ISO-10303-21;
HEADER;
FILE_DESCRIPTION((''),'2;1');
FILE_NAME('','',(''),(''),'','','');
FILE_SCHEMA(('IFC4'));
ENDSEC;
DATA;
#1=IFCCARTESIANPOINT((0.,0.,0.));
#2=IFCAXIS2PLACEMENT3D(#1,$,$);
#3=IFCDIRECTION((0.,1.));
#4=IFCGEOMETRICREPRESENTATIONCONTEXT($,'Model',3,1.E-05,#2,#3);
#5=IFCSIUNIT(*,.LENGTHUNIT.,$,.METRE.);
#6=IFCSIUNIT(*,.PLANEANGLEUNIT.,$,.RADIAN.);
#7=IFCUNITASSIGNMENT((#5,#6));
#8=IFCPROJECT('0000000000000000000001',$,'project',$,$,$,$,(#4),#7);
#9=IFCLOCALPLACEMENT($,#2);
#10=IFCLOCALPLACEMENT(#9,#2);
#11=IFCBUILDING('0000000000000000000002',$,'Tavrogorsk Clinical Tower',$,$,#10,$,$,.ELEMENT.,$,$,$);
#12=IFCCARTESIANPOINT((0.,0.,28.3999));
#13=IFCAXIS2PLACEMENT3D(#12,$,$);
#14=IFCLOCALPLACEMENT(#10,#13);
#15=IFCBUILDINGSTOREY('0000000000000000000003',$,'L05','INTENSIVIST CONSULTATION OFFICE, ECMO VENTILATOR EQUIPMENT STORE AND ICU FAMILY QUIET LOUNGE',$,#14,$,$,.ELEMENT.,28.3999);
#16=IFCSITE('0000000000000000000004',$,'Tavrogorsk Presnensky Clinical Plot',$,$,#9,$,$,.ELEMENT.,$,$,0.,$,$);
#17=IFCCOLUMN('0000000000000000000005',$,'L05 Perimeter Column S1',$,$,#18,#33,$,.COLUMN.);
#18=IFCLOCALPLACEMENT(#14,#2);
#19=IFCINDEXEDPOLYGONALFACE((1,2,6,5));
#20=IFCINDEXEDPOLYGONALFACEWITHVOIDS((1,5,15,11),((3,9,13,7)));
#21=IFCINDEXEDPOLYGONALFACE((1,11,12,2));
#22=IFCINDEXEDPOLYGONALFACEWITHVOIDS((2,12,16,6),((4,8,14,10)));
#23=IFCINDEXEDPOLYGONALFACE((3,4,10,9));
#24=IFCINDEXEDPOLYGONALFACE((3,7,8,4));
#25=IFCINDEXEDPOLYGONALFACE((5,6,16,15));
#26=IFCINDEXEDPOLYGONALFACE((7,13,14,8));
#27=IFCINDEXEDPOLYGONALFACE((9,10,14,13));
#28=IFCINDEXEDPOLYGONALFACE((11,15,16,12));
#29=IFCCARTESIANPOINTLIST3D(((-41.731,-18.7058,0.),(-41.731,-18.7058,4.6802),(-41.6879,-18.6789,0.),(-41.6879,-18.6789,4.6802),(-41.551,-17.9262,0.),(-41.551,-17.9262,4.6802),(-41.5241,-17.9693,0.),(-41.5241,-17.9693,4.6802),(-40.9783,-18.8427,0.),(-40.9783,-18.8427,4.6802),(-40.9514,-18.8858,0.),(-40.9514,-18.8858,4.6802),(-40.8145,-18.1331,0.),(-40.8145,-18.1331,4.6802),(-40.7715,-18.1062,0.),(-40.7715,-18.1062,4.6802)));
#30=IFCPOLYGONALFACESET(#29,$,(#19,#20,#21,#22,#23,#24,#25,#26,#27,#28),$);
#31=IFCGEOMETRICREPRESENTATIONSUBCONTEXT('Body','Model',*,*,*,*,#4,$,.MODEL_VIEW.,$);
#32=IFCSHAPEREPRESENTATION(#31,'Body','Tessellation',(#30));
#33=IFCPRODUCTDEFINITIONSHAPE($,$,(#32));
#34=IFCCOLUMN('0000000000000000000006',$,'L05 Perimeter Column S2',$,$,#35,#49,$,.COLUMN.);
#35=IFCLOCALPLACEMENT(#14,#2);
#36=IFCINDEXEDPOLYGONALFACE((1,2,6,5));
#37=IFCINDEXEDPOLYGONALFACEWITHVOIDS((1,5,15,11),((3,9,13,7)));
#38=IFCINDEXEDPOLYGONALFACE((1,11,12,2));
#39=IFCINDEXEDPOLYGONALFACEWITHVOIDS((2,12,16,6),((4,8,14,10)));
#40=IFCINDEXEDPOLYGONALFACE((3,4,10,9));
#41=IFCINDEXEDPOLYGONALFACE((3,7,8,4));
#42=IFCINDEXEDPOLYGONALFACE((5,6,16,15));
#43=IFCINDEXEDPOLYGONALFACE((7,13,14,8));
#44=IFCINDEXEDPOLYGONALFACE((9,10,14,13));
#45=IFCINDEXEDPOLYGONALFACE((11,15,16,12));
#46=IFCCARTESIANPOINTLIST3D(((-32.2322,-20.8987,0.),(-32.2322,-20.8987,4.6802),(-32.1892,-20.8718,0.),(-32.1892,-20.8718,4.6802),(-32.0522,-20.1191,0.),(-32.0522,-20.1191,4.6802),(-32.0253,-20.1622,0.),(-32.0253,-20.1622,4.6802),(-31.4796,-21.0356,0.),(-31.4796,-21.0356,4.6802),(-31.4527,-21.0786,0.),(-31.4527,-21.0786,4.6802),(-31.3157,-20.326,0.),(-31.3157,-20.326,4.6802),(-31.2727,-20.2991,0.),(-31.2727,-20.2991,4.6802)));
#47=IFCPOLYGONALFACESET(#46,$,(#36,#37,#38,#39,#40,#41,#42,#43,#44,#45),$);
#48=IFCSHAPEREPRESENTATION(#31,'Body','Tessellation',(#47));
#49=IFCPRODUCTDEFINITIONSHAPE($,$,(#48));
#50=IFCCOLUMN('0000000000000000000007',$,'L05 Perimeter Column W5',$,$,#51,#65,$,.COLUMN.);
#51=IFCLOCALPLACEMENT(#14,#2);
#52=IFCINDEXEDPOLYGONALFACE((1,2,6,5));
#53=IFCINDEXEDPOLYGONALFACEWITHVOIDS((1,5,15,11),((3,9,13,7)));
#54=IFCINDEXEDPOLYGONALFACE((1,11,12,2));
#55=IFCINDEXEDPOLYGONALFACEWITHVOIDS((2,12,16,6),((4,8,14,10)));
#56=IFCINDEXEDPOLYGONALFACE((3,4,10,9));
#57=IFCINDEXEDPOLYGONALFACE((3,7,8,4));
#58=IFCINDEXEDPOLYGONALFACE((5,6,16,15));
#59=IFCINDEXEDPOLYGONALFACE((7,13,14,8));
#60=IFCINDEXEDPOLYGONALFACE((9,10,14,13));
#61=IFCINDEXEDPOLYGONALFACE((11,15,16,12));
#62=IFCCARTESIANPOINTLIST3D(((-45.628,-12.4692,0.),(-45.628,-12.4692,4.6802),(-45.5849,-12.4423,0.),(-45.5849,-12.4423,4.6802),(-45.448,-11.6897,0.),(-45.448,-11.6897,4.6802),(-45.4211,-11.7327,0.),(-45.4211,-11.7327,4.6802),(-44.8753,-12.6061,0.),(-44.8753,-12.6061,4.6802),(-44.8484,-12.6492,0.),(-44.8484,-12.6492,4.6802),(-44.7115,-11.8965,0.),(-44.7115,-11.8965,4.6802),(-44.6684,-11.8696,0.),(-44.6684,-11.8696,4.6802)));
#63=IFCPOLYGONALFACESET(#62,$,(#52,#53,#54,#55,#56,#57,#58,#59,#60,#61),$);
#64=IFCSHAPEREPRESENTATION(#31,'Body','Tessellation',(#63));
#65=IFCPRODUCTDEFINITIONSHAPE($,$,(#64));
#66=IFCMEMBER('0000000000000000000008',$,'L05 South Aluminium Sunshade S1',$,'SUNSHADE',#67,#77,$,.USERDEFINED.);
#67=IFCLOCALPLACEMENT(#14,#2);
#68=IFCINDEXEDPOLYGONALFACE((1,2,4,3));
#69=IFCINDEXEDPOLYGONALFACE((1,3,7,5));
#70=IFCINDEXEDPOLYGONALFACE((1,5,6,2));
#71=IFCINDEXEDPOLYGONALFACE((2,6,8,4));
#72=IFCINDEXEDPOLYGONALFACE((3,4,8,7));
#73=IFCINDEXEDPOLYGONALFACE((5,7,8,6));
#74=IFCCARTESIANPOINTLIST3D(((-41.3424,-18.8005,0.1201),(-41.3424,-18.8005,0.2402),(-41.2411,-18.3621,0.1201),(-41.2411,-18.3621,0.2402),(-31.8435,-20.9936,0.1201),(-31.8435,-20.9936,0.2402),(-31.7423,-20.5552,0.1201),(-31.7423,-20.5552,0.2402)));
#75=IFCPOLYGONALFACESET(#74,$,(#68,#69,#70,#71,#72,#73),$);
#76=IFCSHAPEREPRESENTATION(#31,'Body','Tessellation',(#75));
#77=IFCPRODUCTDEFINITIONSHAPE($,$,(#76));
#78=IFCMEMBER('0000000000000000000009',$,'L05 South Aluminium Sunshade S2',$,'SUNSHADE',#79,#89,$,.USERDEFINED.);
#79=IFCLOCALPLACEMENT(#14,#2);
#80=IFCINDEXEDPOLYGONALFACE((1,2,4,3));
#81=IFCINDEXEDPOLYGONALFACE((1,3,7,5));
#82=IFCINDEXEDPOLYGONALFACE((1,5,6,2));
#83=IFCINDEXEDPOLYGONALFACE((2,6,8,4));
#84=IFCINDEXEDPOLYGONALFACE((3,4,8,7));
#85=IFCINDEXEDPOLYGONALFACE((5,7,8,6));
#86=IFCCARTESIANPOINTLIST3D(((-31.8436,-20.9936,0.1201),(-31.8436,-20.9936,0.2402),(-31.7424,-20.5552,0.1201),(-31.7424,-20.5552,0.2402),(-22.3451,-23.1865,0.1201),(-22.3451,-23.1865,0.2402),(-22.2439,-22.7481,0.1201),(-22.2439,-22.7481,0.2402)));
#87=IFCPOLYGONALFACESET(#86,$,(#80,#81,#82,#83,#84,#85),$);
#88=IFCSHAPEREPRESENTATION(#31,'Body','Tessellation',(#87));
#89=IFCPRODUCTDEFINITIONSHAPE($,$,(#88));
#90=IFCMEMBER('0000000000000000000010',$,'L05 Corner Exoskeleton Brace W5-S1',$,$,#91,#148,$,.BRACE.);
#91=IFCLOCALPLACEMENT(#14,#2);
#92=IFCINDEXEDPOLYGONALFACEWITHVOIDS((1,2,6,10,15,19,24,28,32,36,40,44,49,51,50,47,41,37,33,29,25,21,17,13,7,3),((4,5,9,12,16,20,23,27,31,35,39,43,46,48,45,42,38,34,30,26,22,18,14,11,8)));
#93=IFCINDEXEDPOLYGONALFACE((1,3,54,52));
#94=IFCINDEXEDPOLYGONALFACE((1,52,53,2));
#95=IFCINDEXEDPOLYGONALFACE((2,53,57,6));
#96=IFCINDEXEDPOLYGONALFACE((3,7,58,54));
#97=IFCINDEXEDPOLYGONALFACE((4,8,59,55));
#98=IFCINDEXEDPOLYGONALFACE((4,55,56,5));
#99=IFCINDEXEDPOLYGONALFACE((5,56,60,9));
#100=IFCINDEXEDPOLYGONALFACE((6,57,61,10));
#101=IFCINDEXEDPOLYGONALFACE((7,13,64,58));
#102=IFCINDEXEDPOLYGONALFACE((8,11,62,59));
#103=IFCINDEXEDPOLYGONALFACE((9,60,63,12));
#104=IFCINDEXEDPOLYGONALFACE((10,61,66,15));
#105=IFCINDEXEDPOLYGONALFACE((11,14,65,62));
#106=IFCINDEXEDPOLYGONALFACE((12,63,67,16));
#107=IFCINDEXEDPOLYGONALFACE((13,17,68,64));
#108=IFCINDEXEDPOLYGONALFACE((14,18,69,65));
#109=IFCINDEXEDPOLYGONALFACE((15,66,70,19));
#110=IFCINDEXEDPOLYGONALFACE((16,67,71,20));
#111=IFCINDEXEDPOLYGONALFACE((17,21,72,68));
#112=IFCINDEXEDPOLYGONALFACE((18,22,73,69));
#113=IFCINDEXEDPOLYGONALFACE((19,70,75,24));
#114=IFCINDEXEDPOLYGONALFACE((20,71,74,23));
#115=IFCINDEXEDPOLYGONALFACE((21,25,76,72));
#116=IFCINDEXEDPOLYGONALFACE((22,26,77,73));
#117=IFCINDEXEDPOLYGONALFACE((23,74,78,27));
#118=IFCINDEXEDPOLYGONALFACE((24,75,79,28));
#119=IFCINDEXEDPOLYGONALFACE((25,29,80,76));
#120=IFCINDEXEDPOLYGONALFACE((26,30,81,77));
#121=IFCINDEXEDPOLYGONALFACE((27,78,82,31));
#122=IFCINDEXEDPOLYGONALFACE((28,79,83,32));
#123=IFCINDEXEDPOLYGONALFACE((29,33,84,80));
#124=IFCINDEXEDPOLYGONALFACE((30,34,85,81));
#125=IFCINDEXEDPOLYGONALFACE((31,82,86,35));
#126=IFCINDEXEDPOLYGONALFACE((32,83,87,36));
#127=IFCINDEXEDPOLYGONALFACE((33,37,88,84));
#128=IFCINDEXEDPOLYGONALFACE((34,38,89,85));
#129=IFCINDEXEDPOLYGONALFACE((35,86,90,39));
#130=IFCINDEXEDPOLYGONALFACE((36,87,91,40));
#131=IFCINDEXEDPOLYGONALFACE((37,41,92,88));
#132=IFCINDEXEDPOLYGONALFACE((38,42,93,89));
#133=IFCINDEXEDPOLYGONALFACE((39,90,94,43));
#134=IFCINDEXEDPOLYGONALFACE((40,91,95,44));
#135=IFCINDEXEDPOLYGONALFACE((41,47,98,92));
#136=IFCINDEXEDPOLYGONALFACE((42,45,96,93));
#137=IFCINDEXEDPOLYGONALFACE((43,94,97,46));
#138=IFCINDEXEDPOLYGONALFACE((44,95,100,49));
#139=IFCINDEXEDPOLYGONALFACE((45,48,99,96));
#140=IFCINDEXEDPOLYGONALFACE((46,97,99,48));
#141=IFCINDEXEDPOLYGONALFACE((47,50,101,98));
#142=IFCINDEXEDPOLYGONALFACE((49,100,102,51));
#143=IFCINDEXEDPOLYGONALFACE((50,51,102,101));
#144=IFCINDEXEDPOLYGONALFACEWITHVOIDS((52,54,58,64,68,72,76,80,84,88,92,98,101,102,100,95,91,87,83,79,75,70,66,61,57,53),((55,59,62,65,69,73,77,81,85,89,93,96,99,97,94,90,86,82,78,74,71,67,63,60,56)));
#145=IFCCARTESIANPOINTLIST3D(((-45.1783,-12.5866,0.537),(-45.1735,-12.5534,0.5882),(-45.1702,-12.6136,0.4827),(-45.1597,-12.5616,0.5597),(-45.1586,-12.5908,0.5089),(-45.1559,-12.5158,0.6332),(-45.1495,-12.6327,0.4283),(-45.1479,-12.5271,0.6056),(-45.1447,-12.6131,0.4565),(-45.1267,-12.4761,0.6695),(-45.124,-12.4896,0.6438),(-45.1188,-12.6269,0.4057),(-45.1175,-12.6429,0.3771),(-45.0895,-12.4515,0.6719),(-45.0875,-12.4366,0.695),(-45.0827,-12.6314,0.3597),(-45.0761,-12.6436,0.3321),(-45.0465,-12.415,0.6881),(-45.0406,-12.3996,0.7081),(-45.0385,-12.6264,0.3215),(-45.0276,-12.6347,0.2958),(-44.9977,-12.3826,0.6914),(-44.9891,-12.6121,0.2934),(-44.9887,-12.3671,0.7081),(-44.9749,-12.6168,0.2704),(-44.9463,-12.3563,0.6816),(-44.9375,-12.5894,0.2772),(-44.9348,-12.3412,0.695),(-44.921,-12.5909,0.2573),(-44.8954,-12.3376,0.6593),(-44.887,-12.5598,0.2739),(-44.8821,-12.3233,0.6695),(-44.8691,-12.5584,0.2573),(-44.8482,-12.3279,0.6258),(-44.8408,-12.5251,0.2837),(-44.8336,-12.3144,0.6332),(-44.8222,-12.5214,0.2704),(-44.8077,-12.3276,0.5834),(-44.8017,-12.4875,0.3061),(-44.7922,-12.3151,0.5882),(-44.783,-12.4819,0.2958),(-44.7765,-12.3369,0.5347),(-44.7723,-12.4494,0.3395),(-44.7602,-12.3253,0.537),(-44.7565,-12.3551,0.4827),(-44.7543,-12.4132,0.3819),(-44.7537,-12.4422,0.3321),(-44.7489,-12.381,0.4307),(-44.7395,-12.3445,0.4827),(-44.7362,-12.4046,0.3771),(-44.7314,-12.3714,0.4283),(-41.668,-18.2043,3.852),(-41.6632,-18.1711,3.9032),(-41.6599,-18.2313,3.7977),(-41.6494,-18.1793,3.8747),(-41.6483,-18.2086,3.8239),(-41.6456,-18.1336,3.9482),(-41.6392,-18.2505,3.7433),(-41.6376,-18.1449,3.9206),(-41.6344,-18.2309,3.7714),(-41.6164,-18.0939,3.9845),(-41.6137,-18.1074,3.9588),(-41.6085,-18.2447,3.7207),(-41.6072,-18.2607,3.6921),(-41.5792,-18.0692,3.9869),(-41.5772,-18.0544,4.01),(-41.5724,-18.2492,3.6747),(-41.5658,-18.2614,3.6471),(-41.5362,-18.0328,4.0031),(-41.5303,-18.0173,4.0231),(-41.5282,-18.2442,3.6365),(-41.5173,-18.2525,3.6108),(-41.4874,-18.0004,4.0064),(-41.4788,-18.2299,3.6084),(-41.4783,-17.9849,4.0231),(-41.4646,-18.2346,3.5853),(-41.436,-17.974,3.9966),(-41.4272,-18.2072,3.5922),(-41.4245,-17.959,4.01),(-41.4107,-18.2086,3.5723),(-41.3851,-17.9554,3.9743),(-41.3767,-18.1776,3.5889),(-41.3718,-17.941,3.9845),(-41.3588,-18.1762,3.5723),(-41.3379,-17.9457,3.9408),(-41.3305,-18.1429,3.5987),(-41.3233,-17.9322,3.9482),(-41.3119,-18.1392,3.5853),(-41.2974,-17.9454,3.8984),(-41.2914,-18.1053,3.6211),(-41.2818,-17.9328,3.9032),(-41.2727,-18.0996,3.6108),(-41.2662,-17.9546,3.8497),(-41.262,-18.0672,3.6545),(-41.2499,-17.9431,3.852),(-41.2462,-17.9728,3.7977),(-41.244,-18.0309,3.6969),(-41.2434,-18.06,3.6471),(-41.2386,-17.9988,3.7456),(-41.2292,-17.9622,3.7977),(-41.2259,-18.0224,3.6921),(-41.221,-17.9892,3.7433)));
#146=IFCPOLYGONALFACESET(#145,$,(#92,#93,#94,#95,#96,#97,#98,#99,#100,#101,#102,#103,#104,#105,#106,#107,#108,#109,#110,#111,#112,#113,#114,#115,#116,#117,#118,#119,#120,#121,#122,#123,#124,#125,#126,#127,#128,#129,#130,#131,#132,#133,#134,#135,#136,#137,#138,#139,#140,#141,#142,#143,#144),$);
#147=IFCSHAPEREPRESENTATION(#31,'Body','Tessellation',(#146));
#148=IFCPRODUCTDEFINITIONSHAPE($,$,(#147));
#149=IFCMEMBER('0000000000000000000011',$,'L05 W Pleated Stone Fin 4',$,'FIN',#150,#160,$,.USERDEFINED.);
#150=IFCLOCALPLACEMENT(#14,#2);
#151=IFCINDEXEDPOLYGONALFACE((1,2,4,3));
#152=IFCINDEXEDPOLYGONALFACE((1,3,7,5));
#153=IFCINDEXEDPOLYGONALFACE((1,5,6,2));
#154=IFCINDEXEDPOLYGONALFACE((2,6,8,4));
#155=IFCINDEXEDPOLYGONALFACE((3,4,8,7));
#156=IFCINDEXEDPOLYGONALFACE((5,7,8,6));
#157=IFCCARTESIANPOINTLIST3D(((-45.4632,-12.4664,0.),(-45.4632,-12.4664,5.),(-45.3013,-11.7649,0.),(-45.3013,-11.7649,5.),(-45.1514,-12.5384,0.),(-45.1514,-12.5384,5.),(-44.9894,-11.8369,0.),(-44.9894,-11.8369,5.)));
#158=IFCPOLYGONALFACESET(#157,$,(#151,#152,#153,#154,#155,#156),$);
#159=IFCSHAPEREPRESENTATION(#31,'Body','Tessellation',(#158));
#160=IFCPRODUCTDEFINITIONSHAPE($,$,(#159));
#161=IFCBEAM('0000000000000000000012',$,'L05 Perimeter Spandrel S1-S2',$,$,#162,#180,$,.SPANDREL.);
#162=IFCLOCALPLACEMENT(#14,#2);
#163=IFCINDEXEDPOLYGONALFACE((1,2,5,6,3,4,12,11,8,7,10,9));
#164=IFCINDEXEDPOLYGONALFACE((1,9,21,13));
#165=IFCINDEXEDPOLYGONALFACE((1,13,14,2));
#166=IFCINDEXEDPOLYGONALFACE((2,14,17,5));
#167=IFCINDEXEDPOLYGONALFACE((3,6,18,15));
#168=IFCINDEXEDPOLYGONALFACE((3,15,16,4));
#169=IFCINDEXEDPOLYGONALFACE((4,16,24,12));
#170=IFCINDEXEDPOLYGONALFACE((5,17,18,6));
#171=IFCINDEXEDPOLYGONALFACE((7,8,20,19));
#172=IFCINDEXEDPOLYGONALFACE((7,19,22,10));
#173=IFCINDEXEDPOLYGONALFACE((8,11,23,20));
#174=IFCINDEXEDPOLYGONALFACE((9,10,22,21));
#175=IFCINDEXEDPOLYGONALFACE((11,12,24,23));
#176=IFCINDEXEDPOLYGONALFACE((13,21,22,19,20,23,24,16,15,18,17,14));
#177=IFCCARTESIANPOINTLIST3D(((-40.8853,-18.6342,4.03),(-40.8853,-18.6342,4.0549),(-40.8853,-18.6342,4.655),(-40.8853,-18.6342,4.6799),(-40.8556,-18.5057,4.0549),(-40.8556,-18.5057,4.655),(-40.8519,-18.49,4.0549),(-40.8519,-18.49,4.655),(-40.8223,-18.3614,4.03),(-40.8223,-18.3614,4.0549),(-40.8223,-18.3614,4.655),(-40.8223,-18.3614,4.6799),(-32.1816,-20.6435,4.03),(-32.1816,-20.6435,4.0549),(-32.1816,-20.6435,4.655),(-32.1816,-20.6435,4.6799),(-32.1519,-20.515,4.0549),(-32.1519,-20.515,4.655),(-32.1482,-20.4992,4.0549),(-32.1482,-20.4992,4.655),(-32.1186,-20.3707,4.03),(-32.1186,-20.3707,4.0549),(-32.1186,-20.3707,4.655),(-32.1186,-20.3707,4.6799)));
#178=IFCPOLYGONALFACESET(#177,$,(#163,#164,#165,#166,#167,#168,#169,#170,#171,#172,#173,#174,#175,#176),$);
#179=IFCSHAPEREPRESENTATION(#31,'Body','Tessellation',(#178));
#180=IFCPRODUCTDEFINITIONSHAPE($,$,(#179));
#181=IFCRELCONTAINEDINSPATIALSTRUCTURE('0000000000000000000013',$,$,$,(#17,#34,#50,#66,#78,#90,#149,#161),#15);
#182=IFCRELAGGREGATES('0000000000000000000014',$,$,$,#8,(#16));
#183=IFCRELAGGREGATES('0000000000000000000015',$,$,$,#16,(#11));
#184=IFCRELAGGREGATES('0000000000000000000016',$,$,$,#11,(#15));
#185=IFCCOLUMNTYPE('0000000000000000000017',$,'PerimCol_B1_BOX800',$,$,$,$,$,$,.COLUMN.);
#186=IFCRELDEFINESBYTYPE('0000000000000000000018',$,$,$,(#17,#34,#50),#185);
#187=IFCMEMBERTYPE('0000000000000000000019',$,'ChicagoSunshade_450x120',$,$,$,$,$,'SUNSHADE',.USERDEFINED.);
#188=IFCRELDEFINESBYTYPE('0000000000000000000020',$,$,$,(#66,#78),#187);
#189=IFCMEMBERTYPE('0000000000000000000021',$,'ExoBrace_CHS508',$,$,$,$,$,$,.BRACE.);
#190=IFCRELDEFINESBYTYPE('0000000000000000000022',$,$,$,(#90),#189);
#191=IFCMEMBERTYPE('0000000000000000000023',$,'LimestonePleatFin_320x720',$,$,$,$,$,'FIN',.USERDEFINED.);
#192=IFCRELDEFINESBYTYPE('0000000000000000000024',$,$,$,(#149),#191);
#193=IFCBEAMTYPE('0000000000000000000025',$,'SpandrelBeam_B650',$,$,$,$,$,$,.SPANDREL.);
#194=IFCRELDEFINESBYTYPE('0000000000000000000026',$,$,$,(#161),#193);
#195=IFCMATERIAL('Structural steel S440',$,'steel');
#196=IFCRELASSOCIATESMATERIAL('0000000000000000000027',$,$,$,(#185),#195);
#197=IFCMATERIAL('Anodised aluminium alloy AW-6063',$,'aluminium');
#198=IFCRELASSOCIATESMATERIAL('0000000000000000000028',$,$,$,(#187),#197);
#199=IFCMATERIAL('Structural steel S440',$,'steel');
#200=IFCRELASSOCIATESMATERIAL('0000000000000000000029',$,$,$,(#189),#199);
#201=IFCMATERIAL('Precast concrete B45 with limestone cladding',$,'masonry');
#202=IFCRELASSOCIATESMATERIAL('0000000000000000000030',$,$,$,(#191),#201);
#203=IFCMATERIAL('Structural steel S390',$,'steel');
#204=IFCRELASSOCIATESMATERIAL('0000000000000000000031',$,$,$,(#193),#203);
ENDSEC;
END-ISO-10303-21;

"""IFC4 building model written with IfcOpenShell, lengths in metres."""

from ifc_helpers import new_model, si_unit, direction, frame, origin, origin_2d, place, context, subcontext, project, spatial, rectangle, hollow_rectangle, hollow_circle, i_section, extrude, material, material_profile, profile_set, type_object, element, save


model = new_model("IFC4")

# Units and contexts
model_context = context("Model", 3, precision=1e-05, world=origin(), true_north=direction((0.0, 1.0)))
body_context = subcontext(model_context, "Body", "Model", "MODEL_VIEW")
ifc_project = project(units=[si_unit("LENGTHUNIT", "METRE"), si_unit("PLANEANGLEUNIT", "RADIAN")], contexts=[model_context])

# Site, building, storey
site_placement = place(None, origin())
site = spatial("IfcSite", under=ifc_project, at=site_placement, Name="Tavrogorsk Presnensky Clinical Plot", CompositionType="ELEMENT", RefElevation=0.0)
building_placement = place(site_placement, origin())
building = spatial("IfcBuilding", under=site, at=building_placement, Name="Tavrogorsk Clinical Tower", CompositionType="ELEMENT")
storey_placement = place(building_placement, frame((0.0, 0.0, 28.3999)))
storey = spatial("IfcBuildingStorey", under=building, at=storey_placement, Name="L05", Description="INTENSIVIST CONSULTATION OFFICE, ECMO VENTILATOR EQUIPMENT STORE AND ICU FAMILY QUIET LOUNGE", CompositionType="ELEMENT", Elevation=28.3999)

# Columns
ifc_material_1 = material(Name="Structural steel S440", Category="steel")
ifc_material_profile_1 = material_profile(ifc_material_1, hollow_rectangle(XDim=0.8, YDim=0.8, WallThickness=0.0359, at=origin_2d()), Name="BOX-800x800x36")
ifc_profile_set_1 = profile_set([ifc_material_profile_1], Name="Structural steel S440")
column_type = type_object("IfcColumnType", Name="PerimCol_B1_BOX800", PredefinedType="COLUMN", material=ifc_profile_set_1)
for number, where, z_axis, x_axis, name in (
    (1, (-41.2512, -18.406, 0.0), (0.0, 0.0, 1.0), (0.97437, -0.224951, 0.0), "L05 Perimeter Column S1"),
    (2, (-31.7524, -20.5989, 0.0), (0.0, 0.0, 1.0), (0.97437, -0.224951, 0.0), "L05 Perimeter Column S2"),
    (3, (-45.1482, -12.1694, 0.0), (0.0, 0.0, 1.0), (0.97437, -0.224951, 0.0), "L05 Perimeter Column W5"),
):
    element("IfcColumn", number, at=place(storey_placement, frame(where, z_axis=z_axis, x_axis=x_axis)), inside=storey, type_object=column_type, Name=name, PredefinedType="COLUMN", context=body_context, shape_type="SweptSolid", body=[
        extrude(hollow_rectangle(XDim=0.8, YDim=0.8, WallThickness=0.0359, at=origin_2d()), origin(), (0.0, 0.0, 1.0), 4.6802),
    ])

# Members
ifc_material_2 = material(Name="Anodised aluminium alloy AW-6063", Category="aluminium")
ifc_material_profile_2 = material_profile(ifc_material_2, rectangle(XDim=0.45, YDim=0.1201, at=origin_2d()), Name="ALU-SUNSHADE-450x120")
ifc_profile_set_2 = profile_set([ifc_material_profile_2], Name="Anodised aluminium alloy AW-6063")
member_type_1 = type_object("IfcMemberType", Name="ChicagoSunshade_450x120", ElementType="SUNSHADE", PredefinedType="USERDEFINED", material=ifc_profile_set_2)
member_1_placement = place(storey_placement, frame((-41.2917, -18.5813, 0.1802), z_axis=(0.974367, -0.224966, 0.0), x_axis=(0.224966, 0.974367, 0.0)))
element("IfcMember", 4, at=member_1_placement, inside=storey, type_object=member_type_1, Name="L05 South Aluminium Sunshade S1", ObjectType="SUNSHADE", PredefinedType="USERDEFINED", context=body_context, shape_type="SweptSolid", body=[
    extrude(rectangle(XDim=0.45, YDim=0.1201, at=origin_2d()), origin(), (0.0, 0.0, 1.0), 9.7488),
])
member_2_placement = place(storey_placement, frame((-31.793, -20.7744, 0.1802), z_axis=(0.974371, -0.224947, 0.0), x_axis=(0.224947, 0.974371, 0.0)))
element("IfcMember", 5, at=member_2_placement, inside=storey, type_object=member_type_1, Name="L05 South Aluminium Sunshade S2", ObjectType="SUNSHADE", PredefinedType="USERDEFINED", context=body_context, shape_type="SweptSolid", body=[
    extrude(rectangle(XDim=0.45, YDim=0.1201, at=origin_2d()), origin(), (0.0, 0.0, 1.0), 9.7483),
])
ifc_material_3 = material(Name="Structural steel S440", Category="steel")
ifc_material_profile_3 = material_profile(ifc_material_3, hollow_circle(Radius=0.2539, WallThickness=0.02, at=origin_2d()), Name="CHS-508x20")
ifc_profile_set_3 = profile_set([ifc_material_profile_3], Name="Structural steel S440")
member_type_2 = type_object("IfcMemberType", Name="ExoBrace_CHS508", PredefinedType="BRACE", material=ifc_profile_set_3)
member_3_placement = place(storey_placement, frame((-44.9548, -12.479, 0.4827), z_axis=(0.473887, -0.758391, 0.44752), x_axis=(0.848052, 0.529913, 0.0)))
element("IfcMember", 6, at=member_3_placement, inside=storey, type_object=member_type_2, Name="L05 Corner Exoskeleton Brace W5-S1", PredefinedType="BRACE", context=body_context, shape_type="SweptSolid", body=[
    extrude(hollow_circle(Radius=0.2539, WallThickness=0.02, at=origin_2d()), origin(), (0.0, 0.0, 1.0), 7.4075),
])
ifc_material_4 = material(Name="Precast concrete B45 with limestone cladding", Category="masonry")
ifc_material_profile_4 = material_profile(ifc_material_4, rectangle(XDim=0.3201, YDim=0.72, at=origin_2d()), Name="LIMESTONE-FIN-320x720")
ifc_profile_set_4 = profile_set([ifc_material_profile_4], Name="Precast concrete B45 with limestone cladding")
member_type_3 = type_object("IfcMemberType", Name="LimestonePleatFin_320x720", ElementType="FIN", PredefinedType="USERDEFINED", material=ifc_profile_set_4)
member_4_placement = place(storey_placement, frame((-45.2263, -12.1516, 0.0), z_axis=(0.0, 0.0, 1.0), x_axis=(0.97437, -0.224951, 0.0)))
element("IfcMember", 7, at=member_4_placement, inside=storey, type_object=member_type_3, Name="L05 W Pleated Stone Fin 4", ObjectType="FIN", PredefinedType="USERDEFINED", context=body_context, shape_type="SweptSolid", body=[
    extrude(rectangle(XDim=0.3201, YDim=0.72, at=origin_2d()), origin(), (0.0, 0.0, 1.0), 5.0),
])

# Beam
ifc_material_5 = material(Name="Structural steel S390", Category="steel")
ifc_material_profile_5 = material_profile(ifc_material_5, i_section(OverallWidth=0.28, OverallDepth=0.6499, WebThickness=0.0161, FlangeThickness=0.0249, at=origin_2d()), Name="B-650x280x16x25")
ifc_profile_set_5 = profile_set([ifc_material_profile_5], Name="Structural steel S390")
beam_type = type_object("IfcBeamType", Name="SpandrelBeam_B650", PredefinedType="SPANDREL", material=ifc_profile_set_5)
for number, where, z_axis, x_axis, name in (
    (8, (-40.8538, -18.4978, 4.355), (0.974373, -0.224939, 0.0), (0.224939, 0.974373, 0.0), "L05 Perimeter Spandrel S1-S2"),
):
    element("IfcBeam", number, at=place(storey_placement, frame(where, z_axis=z_axis, x_axis=x_axis)), inside=storey, type_object=beam_type, Name=name, PredefinedType="SPANDREL", context=body_context, shape_type="SweptSolid", body=[
        extrude(i_section(OverallWidth=0.28, OverallDepth=0.6499, WebThickness=0.0161, FlangeThickness=0.0249, at=origin_2d()), origin(), (0.0, 0.0, 1.0), 8.9326),
    ])

save(model, "model.ifc")
